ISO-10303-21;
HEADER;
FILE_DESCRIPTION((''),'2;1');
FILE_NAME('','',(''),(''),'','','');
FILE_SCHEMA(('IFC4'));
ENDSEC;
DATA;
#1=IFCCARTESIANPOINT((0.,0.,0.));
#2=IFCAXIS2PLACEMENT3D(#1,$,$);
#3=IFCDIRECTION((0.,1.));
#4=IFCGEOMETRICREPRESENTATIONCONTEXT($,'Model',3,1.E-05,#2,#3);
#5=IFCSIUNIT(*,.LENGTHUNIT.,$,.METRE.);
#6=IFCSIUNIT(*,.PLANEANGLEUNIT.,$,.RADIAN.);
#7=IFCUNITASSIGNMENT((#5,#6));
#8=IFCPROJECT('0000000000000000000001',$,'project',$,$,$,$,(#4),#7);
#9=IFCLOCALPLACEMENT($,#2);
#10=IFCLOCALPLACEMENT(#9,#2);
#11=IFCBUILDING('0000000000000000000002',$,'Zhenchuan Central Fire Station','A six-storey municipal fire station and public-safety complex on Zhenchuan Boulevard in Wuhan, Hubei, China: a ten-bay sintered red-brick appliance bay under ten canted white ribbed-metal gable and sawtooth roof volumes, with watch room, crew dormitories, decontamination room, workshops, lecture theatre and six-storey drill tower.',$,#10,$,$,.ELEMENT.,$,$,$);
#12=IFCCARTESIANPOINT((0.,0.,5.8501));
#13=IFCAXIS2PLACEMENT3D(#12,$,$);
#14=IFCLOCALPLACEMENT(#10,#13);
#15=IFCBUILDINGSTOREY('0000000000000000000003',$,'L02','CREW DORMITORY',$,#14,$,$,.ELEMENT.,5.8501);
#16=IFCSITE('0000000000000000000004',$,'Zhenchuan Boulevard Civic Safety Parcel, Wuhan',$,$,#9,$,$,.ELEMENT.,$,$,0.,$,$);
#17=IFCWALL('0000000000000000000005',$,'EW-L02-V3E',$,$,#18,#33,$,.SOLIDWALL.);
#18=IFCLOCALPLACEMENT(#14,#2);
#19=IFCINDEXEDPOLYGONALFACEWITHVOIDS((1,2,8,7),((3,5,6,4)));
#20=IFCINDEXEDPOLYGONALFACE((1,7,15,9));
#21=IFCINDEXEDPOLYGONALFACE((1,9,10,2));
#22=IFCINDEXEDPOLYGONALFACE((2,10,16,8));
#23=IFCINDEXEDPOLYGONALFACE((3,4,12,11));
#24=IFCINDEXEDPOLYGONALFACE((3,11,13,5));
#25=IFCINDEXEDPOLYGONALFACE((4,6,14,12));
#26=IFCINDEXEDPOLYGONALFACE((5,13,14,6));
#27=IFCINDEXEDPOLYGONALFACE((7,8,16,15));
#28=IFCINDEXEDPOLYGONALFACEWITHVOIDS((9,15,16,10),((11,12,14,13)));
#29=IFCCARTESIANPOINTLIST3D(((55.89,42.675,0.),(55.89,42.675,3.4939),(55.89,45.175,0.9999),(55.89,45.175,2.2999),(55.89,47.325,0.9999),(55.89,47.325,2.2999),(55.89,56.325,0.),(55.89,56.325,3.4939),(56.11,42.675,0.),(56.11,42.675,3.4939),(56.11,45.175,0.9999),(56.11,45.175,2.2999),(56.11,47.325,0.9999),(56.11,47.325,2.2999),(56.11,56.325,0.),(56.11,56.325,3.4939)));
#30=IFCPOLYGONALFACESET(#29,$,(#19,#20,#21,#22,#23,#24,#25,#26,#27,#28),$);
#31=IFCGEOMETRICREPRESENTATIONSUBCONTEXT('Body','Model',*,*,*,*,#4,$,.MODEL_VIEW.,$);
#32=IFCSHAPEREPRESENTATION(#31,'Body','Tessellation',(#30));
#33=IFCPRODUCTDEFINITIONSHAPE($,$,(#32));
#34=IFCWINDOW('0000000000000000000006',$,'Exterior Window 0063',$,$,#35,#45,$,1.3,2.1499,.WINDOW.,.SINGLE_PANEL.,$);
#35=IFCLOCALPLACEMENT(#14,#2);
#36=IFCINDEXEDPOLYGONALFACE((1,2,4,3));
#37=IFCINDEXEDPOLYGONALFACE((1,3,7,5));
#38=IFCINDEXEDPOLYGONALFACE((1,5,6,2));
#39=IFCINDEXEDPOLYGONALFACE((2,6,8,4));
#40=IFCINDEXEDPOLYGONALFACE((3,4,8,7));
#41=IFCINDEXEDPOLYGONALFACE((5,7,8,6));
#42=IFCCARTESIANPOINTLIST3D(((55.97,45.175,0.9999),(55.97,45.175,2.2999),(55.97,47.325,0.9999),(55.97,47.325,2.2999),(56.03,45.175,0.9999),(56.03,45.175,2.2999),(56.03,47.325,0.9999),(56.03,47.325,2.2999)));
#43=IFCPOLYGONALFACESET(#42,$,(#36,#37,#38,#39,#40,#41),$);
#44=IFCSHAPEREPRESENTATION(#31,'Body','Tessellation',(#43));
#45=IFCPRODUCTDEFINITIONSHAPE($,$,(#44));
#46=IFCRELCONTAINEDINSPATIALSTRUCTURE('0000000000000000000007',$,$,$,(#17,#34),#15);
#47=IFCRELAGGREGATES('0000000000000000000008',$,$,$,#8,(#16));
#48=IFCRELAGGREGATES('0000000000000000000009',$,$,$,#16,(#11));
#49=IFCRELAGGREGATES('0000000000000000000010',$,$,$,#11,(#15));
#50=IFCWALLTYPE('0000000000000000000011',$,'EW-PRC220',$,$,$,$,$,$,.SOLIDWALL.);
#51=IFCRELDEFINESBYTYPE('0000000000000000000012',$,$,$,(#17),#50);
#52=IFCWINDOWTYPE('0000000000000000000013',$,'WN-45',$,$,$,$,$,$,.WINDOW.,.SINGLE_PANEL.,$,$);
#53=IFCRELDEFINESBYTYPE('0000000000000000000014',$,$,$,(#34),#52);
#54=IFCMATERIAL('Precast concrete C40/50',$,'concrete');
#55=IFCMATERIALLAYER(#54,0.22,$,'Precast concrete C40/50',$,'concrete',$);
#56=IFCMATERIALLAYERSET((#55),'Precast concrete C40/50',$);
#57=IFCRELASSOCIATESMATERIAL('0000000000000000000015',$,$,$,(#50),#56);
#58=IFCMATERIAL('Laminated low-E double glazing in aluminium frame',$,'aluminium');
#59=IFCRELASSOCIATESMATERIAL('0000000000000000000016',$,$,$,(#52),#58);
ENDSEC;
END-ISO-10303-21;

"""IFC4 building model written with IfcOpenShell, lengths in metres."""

from ifc_helpers import new_model, si_unit, direction, frame, frame_2d, origin, place, context, subcontext, project, spatial, rectangle, extrude, material, layer, layer_set, type_object, element, fill, save


model = new_model("IFC4")

# Units and contexts
model_context = context("Model", 3, precision=1e-05, world=origin(), true_north=direction((0.0, 1.0)))
body_context = subcontext(model_context, "Body", "Model", "MODEL_VIEW")
ifc_project = project(units=[si_unit("LENGTHUNIT", "METRE"), si_unit("PLANEANGLEUNIT", "RADIAN")], contexts=[model_context])

# Site, building, storey
site_placement = place(None, origin())
site = spatial("IfcSite", under=ifc_project, at=site_placement, Name="Zhenchuan Boulevard Civic Safety Parcel, Wuhan", CompositionType="ELEMENT", RefElevation=0.0)
building_placement = place(site_placement, origin())
building = spatial("IfcBuilding", under=site, at=building_placement, Name="Zhenchuan Central Fire Station", Description="A six-storey municipal fire station and public-safety complex on Zhenchuan Boulevard in Wuhan, Hubei, China: a ten-bay sintered red-brick appliance bay under ten canted white ribbed-metal gable and sawtooth roof volumes, with watch room, crew dormitories, decontamination room, workshops, lecture theatre and six-storey drill tower.", CompositionType="ELEMENT")
storey_placement = place(building_placement, frame((0.0, 0.0, 5.8501)))
storey = spatial("IfcBuildingStorey", under=building, at=storey_placement, Name="L02", Description="CREW DORMITORY", CompositionType="ELEMENT", Elevation=5.8501)

# Shared definitions
ifc_material_1 = material(Name="Precast concrete C40/50", Category="concrete")

# Wall, opening, window
ifc_layer_1 = layer(ifc_material_1, 0.22, Name="Precast concrete C40/50", Category="concrete")
ifc_layer_set_1 = layer_set([ifc_layer_1], Name="Precast concrete C40/50")
wall_type_1 = type_object("IfcWallType", Name="EW-PRC220", PredefinedType="SOLIDWALL", material=ifc_layer_set_1)
ifc_material_2 = material(Name="Laminated low-E double glazing in aluminium frame", Category="aluminium")
wall_1_placement = place(storey_placement, frame((56.0, 42.675, 0.0), z_axis=(0.0, 0.0, 1.0), x_axis=(0.0, 1.0, 0.0)))
wall_1 = element("IfcWall", 1, at=wall_1_placement, inside=storey, type_object=wall_type_1, Name="EW-L02-V3E", PredefinedType="SOLIDWALL", context=body_context, shape_type="SweptSolid", body=[
    extrude(rectangle(XDim=13.6499, YDim=0.22, at=frame_2d((6.825, 0.0))), origin(), (0.0, 0.0, 1.0), 3.4939),
])
opening_1_placement = place(wall_1_placement, frame((2.5, 0.0, 1.0)))
opening_1 = element("IfcOpeningElement", 2, at=opening_1_placement, cuts=wall_1, PredefinedType="OPENING", context=body_context, shape_type="SweptSolid", body=[
    extrude(rectangle(XDim=2.1499, YDim=1.3, at=frame_2d((1.075, 0.6499))), frame((0.0, 0.1199, 0.0), z_axis=(0.0, -1.0, 0.0), x_axis=(1.0, 0.0, 0.0)), (0.0, 0.0, 1.0), 0.24),
])
window_type_1 = type_object("IfcWindowType", Name="WN-45", PartitioningType="SINGLE_PANEL", PredefinedType="WINDOW", material=ifc_material_2)
window_1_placement = place(opening_1_placement, origin())
window_1 = element("IfcWindow", 3, at=window_1_placement, inside=storey, type_object=window_type_1, Name="Exterior Window 0063", OverallHeight=1.3, OverallWidth=2.1499, PartitioningType="SINGLE_PANEL", PredefinedType="WINDOW", context=body_context, shape_type="SweptSolid", body=[
    extrude(rectangle(XDim=2.1499, YDim=1.3, at=frame_2d((1.075, 0.6499))), frame((0.0, 0.03, 0.0), z_axis=(0.0, -1.0, 0.0), x_axis=(1.0, 0.0, 0.0)), (0.0, 0.0, 1.0), 0.0601),
])
fill(opening_1, window_1)

save(model, "model.ifc")
